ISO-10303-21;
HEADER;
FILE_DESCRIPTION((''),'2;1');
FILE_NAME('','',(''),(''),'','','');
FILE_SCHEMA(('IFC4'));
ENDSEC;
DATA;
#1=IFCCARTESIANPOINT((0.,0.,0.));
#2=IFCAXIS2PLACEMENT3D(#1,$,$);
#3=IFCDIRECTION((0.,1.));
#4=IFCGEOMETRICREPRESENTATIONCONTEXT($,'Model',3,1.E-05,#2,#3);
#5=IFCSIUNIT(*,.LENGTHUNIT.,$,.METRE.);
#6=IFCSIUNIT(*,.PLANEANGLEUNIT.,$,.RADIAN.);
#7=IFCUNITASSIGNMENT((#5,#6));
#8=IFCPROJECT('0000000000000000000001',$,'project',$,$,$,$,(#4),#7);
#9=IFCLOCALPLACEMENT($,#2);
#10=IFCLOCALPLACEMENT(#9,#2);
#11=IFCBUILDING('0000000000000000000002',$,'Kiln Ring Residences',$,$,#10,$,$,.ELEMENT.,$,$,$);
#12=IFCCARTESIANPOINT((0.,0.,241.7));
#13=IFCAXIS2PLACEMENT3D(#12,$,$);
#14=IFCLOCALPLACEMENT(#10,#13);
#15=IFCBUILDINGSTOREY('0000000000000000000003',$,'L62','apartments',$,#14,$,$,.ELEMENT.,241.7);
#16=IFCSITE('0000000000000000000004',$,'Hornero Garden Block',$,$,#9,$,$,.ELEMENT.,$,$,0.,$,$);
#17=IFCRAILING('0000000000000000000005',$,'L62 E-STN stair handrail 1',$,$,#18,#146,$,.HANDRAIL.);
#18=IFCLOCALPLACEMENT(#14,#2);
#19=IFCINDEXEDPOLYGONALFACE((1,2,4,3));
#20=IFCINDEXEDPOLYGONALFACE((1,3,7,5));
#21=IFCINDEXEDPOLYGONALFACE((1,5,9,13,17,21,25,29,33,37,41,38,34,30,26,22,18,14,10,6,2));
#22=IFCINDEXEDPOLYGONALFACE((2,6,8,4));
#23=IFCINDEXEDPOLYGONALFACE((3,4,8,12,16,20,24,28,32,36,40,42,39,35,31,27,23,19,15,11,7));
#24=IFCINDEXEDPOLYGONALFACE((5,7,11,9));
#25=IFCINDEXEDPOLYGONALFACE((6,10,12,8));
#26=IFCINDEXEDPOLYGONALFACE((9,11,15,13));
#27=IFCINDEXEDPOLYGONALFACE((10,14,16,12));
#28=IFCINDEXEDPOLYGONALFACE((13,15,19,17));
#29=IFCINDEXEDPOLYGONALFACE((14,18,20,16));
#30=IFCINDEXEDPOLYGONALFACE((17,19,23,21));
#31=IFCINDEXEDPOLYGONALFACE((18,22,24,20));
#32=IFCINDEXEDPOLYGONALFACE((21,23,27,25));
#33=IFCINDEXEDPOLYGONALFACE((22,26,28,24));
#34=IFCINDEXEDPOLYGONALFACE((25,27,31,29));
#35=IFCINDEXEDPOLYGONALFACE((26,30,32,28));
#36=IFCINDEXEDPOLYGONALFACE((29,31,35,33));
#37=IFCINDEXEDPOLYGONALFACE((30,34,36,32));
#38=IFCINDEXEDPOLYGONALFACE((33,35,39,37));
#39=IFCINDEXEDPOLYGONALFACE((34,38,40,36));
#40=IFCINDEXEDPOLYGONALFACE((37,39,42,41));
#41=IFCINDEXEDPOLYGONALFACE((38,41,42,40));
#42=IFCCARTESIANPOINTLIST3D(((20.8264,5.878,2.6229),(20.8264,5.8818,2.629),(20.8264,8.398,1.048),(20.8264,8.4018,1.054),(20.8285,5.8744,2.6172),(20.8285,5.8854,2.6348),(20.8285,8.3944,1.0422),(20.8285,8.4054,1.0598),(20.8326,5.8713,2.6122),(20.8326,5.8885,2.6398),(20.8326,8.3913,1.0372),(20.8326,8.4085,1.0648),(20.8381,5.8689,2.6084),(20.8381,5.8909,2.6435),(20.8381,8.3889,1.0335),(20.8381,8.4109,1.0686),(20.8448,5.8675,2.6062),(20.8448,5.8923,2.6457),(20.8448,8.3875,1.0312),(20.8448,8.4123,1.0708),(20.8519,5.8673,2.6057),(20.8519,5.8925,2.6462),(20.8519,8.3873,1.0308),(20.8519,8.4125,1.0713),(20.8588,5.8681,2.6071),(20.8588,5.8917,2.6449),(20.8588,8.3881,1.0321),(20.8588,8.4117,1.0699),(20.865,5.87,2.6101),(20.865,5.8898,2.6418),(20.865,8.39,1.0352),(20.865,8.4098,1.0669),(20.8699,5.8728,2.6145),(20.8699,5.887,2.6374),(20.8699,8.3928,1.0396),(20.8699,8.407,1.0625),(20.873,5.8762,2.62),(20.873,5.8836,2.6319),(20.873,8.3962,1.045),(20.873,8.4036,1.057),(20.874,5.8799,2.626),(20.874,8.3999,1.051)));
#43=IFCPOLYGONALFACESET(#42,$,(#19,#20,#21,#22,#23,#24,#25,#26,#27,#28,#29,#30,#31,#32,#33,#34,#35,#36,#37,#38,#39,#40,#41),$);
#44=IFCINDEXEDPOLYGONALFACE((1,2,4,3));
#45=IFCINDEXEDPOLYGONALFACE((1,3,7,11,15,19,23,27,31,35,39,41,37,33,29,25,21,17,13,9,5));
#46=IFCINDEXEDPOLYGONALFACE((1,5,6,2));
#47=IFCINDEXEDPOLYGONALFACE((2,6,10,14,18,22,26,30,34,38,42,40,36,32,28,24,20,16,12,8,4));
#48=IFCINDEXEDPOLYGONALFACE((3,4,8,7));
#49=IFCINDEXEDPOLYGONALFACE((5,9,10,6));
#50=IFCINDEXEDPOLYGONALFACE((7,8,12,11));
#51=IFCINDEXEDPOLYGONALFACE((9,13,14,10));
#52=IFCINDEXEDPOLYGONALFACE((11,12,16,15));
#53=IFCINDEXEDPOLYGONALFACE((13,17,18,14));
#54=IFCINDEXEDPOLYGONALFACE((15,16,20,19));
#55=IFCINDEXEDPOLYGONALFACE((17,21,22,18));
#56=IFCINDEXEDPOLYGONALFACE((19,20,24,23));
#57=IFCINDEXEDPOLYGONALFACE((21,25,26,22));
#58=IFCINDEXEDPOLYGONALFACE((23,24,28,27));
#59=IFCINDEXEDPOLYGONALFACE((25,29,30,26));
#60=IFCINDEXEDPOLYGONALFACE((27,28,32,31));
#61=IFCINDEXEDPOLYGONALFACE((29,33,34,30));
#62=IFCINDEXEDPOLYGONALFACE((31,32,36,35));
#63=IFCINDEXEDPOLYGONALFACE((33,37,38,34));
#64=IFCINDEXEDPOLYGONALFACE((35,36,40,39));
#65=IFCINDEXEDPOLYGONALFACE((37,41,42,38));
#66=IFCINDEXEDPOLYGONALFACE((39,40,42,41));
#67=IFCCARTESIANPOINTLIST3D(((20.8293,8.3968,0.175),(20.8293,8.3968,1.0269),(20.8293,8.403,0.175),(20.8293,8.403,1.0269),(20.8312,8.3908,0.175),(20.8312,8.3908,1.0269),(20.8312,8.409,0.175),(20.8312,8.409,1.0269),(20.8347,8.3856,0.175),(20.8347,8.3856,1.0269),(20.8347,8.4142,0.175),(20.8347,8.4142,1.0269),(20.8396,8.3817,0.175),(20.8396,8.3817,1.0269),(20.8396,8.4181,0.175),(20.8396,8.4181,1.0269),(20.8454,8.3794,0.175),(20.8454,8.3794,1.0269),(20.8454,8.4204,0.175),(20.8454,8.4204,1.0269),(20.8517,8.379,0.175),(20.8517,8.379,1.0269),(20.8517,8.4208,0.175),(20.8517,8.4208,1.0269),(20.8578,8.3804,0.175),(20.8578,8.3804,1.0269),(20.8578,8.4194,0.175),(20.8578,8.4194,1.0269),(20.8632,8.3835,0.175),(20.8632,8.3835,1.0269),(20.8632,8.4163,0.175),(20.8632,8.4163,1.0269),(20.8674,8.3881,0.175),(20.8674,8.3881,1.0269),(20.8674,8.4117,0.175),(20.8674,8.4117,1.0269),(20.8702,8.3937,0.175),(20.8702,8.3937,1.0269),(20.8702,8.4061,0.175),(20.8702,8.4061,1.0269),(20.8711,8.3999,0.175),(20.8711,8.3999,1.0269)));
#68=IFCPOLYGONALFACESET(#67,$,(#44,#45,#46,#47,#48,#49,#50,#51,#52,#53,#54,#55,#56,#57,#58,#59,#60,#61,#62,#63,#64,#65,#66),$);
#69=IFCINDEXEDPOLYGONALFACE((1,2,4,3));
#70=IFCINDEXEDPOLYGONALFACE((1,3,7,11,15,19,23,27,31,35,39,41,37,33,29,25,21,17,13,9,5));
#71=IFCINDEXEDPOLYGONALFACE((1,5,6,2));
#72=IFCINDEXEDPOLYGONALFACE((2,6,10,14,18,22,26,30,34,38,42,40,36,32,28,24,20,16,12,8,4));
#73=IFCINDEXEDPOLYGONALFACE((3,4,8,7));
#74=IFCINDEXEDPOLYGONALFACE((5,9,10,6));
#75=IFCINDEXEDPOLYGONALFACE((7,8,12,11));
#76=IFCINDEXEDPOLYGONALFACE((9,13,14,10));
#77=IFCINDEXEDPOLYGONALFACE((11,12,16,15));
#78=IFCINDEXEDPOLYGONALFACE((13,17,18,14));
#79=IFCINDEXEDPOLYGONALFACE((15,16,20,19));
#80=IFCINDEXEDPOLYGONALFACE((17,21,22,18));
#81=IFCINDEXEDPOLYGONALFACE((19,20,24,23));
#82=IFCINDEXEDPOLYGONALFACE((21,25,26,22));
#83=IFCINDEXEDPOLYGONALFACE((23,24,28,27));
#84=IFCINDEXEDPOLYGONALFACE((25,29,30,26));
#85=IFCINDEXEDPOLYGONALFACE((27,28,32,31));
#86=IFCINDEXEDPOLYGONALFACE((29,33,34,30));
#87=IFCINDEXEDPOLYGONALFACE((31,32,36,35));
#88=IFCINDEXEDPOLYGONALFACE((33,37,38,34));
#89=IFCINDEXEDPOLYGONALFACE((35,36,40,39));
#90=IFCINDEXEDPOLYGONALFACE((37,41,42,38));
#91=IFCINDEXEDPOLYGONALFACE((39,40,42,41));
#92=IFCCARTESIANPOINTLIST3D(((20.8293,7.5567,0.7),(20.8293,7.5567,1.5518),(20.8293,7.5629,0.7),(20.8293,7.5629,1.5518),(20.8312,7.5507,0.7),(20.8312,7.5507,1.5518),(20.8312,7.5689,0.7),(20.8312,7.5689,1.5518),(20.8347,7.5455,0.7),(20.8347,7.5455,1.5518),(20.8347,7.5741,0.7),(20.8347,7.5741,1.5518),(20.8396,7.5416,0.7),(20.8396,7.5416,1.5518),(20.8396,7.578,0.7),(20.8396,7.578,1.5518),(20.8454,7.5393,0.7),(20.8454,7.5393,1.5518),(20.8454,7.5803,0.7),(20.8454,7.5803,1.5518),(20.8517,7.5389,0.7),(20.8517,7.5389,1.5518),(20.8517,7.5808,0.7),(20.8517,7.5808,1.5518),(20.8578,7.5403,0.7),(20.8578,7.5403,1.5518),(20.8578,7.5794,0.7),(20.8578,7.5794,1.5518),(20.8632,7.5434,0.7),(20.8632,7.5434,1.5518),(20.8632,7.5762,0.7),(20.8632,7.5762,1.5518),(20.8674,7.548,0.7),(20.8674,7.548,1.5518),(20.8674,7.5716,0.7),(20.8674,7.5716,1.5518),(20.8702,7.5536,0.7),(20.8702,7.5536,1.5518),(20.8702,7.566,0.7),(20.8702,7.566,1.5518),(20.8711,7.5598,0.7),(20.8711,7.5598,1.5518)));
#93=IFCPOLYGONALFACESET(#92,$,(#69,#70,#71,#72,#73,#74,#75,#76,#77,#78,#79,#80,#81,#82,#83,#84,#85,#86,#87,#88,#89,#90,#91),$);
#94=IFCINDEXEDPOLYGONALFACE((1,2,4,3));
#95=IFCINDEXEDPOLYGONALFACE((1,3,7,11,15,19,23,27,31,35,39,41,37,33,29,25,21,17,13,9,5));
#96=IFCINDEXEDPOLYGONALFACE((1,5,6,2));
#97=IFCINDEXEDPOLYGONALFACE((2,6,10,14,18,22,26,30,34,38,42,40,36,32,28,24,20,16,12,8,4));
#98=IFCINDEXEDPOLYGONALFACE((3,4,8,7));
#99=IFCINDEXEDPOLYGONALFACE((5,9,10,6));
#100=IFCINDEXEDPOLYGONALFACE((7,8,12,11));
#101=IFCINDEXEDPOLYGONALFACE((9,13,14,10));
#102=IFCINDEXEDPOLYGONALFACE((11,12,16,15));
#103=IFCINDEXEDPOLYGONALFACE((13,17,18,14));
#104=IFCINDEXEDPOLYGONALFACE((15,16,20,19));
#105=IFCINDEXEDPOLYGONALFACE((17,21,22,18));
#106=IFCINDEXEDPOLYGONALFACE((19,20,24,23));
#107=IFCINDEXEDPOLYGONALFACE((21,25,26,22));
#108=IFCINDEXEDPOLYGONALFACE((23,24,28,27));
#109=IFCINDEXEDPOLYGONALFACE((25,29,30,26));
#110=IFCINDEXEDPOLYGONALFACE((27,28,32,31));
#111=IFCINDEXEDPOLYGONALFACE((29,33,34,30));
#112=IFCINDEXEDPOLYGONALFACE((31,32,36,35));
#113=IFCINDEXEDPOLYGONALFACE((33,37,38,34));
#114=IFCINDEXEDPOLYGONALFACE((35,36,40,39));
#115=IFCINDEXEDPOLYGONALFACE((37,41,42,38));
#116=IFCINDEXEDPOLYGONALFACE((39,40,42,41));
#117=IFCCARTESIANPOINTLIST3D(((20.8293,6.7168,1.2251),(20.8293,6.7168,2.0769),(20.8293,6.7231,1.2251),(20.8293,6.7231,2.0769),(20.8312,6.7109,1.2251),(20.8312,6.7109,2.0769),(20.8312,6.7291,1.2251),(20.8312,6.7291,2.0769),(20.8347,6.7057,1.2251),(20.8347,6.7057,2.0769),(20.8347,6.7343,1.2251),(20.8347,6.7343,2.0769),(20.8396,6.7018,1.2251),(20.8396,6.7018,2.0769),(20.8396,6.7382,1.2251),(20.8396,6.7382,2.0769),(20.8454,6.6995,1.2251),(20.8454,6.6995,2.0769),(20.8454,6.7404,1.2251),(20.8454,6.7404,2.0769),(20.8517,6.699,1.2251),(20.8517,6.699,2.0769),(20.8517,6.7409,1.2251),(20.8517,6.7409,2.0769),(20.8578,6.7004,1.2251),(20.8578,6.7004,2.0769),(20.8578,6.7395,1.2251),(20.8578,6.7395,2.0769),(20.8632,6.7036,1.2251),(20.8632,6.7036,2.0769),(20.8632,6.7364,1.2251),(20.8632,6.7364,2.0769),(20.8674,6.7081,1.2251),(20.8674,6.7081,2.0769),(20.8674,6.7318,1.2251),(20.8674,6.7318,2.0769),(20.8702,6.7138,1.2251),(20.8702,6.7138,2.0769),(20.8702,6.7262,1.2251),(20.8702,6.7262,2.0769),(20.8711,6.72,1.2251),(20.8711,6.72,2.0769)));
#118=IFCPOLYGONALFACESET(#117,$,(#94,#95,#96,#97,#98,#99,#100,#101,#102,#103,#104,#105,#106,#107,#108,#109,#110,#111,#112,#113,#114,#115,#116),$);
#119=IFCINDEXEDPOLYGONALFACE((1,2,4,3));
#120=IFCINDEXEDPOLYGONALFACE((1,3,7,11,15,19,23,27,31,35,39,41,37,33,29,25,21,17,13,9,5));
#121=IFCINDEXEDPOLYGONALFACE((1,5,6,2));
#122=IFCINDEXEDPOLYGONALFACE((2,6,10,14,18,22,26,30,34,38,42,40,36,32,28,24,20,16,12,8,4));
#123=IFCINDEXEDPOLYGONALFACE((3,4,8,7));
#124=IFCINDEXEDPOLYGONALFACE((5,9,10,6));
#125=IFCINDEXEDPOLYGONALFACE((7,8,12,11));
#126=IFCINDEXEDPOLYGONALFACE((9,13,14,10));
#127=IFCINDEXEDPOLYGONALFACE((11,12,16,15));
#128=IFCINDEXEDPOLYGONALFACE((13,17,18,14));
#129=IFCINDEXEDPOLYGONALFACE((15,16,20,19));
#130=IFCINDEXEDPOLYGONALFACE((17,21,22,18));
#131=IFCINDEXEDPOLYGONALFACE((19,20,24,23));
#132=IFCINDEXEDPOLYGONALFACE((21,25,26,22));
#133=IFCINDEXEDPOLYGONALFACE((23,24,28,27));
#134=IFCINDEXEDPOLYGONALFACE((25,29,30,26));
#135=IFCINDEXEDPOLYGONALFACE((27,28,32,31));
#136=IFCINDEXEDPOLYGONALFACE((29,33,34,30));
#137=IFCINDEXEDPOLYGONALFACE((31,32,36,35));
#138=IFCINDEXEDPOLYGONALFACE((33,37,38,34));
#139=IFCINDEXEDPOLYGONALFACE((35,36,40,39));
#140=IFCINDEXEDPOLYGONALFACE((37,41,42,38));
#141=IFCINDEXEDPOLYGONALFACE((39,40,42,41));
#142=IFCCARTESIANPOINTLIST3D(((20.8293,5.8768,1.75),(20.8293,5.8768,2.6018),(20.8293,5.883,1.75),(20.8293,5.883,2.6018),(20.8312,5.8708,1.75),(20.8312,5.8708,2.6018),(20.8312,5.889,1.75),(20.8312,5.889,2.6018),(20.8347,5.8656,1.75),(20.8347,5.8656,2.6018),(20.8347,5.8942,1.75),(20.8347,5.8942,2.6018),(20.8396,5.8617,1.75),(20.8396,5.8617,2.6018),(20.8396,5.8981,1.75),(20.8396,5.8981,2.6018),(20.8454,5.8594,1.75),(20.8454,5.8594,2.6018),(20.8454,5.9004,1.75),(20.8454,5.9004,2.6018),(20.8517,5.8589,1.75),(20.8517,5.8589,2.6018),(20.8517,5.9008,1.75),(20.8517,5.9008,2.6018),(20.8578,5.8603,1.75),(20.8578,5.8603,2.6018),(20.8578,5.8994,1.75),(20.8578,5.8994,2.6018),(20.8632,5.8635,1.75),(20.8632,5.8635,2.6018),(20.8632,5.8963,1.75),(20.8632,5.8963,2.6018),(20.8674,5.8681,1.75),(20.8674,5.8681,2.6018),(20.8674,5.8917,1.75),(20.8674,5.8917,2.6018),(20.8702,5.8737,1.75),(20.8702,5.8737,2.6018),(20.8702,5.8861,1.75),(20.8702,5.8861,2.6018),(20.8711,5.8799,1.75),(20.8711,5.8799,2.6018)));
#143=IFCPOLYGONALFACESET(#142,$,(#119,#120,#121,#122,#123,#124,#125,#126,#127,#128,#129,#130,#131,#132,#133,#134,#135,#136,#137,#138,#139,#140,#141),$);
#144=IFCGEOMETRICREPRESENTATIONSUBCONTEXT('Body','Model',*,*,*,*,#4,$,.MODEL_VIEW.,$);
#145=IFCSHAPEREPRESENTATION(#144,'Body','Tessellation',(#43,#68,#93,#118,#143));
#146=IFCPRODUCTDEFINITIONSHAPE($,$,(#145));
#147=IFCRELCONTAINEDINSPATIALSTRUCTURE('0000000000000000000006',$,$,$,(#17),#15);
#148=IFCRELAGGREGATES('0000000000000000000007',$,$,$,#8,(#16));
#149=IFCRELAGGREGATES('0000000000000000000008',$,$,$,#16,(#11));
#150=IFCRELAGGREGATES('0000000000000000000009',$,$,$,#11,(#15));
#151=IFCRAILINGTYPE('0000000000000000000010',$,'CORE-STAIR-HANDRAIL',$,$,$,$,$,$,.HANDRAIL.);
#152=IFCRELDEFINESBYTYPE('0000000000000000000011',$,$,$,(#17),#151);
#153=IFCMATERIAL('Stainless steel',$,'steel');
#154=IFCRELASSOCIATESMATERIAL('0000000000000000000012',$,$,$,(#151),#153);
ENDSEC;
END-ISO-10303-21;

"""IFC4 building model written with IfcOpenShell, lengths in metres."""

from ifc_helpers import new_model, si_unit, direction, frame, origin, origin_2d, place, context, subcontext, project, spatial, circle, extrude, material, type_object, element, save


model = new_model("IFC4")

# Units and contexts
model_context = context("Model", 3, precision=1e-05, world=origin(), true_north=direction((0.0, 1.0)))
body_context = subcontext(model_context, "Body", "Model", "MODEL_VIEW")
ifc_project = project(units=[si_unit("LENGTHUNIT", "METRE"), si_unit("PLANEANGLEUNIT", "RADIAN")], contexts=[model_context])

# Site, building, storey
site_placement = place(None, origin())
site = spatial("IfcSite", under=ifc_project, at=site_placement, Name="Hornero Garden Block", CompositionType="ELEMENT", RefElevation=0.0)
building_placement = place(site_placement, origin())
building = spatial("IfcBuilding", under=site, at=building_placement, Name="Kiln Ring Residences", CompositionType="ELEMENT")
storey_placement = place(building_placement, frame((0.0, 0.0, 241.7)))
storey = spatial("IfcBuildingStorey", under=building, at=storey_placement, Name="L62", Description="apartments", CompositionType="ELEMENT", Elevation=241.7)

# Railing
ifc_material_1 = material(Name="Stainless steel", Category="steel")
railing_type_1 = type_object("IfcRailingType", Name="CORE-STAIR-HANDRAIL", PredefinedType="HANDRAIL", material=ifc_material_1)
railing_1_placement = place(storey_placement, frame((20.8501, 8.3999, 0.175)))
element("IfcRailing", 1, at=railing_1_placement, inside=storey, type_object=railing_type_1, Name="L62 E-STN stair handrail 1", PredefinedType="HANDRAIL", context=body_context, shape_type="SweptSolid", body=[
    extrude(circle(Radius=0.0239, at=origin_2d()), frame((0.0, 0.0, 0.876), z_axis=(0.0, -0.848008, 0.529984), x_axis=(1.0, 0.0, 0.0)), (0.0, 0.0, 1.0), 2.9717),
    extrude(circle(Radius=0.021, at=origin_2d()), origin(), (0.0, 0.0, 1.0), 0.8518),
    extrude(circle(Radius=0.021, at=origin_2d()), frame((0.0, -0.8401, 0.5249)), (0.0, 0.0, 1.0), 0.8518),
    extrude(circle(Radius=0.021, at=origin_2d()), frame((0.0, -1.6799, 1.05)), (0.0, 0.0, 1.0), 0.8518),
    extrude(circle(Radius=0.021, at=origin_2d()), frame((0.0, -2.52, 1.575)), (0.0, 0.0, 1.0), 0.8518),
])

save(model, "model.ifc")
